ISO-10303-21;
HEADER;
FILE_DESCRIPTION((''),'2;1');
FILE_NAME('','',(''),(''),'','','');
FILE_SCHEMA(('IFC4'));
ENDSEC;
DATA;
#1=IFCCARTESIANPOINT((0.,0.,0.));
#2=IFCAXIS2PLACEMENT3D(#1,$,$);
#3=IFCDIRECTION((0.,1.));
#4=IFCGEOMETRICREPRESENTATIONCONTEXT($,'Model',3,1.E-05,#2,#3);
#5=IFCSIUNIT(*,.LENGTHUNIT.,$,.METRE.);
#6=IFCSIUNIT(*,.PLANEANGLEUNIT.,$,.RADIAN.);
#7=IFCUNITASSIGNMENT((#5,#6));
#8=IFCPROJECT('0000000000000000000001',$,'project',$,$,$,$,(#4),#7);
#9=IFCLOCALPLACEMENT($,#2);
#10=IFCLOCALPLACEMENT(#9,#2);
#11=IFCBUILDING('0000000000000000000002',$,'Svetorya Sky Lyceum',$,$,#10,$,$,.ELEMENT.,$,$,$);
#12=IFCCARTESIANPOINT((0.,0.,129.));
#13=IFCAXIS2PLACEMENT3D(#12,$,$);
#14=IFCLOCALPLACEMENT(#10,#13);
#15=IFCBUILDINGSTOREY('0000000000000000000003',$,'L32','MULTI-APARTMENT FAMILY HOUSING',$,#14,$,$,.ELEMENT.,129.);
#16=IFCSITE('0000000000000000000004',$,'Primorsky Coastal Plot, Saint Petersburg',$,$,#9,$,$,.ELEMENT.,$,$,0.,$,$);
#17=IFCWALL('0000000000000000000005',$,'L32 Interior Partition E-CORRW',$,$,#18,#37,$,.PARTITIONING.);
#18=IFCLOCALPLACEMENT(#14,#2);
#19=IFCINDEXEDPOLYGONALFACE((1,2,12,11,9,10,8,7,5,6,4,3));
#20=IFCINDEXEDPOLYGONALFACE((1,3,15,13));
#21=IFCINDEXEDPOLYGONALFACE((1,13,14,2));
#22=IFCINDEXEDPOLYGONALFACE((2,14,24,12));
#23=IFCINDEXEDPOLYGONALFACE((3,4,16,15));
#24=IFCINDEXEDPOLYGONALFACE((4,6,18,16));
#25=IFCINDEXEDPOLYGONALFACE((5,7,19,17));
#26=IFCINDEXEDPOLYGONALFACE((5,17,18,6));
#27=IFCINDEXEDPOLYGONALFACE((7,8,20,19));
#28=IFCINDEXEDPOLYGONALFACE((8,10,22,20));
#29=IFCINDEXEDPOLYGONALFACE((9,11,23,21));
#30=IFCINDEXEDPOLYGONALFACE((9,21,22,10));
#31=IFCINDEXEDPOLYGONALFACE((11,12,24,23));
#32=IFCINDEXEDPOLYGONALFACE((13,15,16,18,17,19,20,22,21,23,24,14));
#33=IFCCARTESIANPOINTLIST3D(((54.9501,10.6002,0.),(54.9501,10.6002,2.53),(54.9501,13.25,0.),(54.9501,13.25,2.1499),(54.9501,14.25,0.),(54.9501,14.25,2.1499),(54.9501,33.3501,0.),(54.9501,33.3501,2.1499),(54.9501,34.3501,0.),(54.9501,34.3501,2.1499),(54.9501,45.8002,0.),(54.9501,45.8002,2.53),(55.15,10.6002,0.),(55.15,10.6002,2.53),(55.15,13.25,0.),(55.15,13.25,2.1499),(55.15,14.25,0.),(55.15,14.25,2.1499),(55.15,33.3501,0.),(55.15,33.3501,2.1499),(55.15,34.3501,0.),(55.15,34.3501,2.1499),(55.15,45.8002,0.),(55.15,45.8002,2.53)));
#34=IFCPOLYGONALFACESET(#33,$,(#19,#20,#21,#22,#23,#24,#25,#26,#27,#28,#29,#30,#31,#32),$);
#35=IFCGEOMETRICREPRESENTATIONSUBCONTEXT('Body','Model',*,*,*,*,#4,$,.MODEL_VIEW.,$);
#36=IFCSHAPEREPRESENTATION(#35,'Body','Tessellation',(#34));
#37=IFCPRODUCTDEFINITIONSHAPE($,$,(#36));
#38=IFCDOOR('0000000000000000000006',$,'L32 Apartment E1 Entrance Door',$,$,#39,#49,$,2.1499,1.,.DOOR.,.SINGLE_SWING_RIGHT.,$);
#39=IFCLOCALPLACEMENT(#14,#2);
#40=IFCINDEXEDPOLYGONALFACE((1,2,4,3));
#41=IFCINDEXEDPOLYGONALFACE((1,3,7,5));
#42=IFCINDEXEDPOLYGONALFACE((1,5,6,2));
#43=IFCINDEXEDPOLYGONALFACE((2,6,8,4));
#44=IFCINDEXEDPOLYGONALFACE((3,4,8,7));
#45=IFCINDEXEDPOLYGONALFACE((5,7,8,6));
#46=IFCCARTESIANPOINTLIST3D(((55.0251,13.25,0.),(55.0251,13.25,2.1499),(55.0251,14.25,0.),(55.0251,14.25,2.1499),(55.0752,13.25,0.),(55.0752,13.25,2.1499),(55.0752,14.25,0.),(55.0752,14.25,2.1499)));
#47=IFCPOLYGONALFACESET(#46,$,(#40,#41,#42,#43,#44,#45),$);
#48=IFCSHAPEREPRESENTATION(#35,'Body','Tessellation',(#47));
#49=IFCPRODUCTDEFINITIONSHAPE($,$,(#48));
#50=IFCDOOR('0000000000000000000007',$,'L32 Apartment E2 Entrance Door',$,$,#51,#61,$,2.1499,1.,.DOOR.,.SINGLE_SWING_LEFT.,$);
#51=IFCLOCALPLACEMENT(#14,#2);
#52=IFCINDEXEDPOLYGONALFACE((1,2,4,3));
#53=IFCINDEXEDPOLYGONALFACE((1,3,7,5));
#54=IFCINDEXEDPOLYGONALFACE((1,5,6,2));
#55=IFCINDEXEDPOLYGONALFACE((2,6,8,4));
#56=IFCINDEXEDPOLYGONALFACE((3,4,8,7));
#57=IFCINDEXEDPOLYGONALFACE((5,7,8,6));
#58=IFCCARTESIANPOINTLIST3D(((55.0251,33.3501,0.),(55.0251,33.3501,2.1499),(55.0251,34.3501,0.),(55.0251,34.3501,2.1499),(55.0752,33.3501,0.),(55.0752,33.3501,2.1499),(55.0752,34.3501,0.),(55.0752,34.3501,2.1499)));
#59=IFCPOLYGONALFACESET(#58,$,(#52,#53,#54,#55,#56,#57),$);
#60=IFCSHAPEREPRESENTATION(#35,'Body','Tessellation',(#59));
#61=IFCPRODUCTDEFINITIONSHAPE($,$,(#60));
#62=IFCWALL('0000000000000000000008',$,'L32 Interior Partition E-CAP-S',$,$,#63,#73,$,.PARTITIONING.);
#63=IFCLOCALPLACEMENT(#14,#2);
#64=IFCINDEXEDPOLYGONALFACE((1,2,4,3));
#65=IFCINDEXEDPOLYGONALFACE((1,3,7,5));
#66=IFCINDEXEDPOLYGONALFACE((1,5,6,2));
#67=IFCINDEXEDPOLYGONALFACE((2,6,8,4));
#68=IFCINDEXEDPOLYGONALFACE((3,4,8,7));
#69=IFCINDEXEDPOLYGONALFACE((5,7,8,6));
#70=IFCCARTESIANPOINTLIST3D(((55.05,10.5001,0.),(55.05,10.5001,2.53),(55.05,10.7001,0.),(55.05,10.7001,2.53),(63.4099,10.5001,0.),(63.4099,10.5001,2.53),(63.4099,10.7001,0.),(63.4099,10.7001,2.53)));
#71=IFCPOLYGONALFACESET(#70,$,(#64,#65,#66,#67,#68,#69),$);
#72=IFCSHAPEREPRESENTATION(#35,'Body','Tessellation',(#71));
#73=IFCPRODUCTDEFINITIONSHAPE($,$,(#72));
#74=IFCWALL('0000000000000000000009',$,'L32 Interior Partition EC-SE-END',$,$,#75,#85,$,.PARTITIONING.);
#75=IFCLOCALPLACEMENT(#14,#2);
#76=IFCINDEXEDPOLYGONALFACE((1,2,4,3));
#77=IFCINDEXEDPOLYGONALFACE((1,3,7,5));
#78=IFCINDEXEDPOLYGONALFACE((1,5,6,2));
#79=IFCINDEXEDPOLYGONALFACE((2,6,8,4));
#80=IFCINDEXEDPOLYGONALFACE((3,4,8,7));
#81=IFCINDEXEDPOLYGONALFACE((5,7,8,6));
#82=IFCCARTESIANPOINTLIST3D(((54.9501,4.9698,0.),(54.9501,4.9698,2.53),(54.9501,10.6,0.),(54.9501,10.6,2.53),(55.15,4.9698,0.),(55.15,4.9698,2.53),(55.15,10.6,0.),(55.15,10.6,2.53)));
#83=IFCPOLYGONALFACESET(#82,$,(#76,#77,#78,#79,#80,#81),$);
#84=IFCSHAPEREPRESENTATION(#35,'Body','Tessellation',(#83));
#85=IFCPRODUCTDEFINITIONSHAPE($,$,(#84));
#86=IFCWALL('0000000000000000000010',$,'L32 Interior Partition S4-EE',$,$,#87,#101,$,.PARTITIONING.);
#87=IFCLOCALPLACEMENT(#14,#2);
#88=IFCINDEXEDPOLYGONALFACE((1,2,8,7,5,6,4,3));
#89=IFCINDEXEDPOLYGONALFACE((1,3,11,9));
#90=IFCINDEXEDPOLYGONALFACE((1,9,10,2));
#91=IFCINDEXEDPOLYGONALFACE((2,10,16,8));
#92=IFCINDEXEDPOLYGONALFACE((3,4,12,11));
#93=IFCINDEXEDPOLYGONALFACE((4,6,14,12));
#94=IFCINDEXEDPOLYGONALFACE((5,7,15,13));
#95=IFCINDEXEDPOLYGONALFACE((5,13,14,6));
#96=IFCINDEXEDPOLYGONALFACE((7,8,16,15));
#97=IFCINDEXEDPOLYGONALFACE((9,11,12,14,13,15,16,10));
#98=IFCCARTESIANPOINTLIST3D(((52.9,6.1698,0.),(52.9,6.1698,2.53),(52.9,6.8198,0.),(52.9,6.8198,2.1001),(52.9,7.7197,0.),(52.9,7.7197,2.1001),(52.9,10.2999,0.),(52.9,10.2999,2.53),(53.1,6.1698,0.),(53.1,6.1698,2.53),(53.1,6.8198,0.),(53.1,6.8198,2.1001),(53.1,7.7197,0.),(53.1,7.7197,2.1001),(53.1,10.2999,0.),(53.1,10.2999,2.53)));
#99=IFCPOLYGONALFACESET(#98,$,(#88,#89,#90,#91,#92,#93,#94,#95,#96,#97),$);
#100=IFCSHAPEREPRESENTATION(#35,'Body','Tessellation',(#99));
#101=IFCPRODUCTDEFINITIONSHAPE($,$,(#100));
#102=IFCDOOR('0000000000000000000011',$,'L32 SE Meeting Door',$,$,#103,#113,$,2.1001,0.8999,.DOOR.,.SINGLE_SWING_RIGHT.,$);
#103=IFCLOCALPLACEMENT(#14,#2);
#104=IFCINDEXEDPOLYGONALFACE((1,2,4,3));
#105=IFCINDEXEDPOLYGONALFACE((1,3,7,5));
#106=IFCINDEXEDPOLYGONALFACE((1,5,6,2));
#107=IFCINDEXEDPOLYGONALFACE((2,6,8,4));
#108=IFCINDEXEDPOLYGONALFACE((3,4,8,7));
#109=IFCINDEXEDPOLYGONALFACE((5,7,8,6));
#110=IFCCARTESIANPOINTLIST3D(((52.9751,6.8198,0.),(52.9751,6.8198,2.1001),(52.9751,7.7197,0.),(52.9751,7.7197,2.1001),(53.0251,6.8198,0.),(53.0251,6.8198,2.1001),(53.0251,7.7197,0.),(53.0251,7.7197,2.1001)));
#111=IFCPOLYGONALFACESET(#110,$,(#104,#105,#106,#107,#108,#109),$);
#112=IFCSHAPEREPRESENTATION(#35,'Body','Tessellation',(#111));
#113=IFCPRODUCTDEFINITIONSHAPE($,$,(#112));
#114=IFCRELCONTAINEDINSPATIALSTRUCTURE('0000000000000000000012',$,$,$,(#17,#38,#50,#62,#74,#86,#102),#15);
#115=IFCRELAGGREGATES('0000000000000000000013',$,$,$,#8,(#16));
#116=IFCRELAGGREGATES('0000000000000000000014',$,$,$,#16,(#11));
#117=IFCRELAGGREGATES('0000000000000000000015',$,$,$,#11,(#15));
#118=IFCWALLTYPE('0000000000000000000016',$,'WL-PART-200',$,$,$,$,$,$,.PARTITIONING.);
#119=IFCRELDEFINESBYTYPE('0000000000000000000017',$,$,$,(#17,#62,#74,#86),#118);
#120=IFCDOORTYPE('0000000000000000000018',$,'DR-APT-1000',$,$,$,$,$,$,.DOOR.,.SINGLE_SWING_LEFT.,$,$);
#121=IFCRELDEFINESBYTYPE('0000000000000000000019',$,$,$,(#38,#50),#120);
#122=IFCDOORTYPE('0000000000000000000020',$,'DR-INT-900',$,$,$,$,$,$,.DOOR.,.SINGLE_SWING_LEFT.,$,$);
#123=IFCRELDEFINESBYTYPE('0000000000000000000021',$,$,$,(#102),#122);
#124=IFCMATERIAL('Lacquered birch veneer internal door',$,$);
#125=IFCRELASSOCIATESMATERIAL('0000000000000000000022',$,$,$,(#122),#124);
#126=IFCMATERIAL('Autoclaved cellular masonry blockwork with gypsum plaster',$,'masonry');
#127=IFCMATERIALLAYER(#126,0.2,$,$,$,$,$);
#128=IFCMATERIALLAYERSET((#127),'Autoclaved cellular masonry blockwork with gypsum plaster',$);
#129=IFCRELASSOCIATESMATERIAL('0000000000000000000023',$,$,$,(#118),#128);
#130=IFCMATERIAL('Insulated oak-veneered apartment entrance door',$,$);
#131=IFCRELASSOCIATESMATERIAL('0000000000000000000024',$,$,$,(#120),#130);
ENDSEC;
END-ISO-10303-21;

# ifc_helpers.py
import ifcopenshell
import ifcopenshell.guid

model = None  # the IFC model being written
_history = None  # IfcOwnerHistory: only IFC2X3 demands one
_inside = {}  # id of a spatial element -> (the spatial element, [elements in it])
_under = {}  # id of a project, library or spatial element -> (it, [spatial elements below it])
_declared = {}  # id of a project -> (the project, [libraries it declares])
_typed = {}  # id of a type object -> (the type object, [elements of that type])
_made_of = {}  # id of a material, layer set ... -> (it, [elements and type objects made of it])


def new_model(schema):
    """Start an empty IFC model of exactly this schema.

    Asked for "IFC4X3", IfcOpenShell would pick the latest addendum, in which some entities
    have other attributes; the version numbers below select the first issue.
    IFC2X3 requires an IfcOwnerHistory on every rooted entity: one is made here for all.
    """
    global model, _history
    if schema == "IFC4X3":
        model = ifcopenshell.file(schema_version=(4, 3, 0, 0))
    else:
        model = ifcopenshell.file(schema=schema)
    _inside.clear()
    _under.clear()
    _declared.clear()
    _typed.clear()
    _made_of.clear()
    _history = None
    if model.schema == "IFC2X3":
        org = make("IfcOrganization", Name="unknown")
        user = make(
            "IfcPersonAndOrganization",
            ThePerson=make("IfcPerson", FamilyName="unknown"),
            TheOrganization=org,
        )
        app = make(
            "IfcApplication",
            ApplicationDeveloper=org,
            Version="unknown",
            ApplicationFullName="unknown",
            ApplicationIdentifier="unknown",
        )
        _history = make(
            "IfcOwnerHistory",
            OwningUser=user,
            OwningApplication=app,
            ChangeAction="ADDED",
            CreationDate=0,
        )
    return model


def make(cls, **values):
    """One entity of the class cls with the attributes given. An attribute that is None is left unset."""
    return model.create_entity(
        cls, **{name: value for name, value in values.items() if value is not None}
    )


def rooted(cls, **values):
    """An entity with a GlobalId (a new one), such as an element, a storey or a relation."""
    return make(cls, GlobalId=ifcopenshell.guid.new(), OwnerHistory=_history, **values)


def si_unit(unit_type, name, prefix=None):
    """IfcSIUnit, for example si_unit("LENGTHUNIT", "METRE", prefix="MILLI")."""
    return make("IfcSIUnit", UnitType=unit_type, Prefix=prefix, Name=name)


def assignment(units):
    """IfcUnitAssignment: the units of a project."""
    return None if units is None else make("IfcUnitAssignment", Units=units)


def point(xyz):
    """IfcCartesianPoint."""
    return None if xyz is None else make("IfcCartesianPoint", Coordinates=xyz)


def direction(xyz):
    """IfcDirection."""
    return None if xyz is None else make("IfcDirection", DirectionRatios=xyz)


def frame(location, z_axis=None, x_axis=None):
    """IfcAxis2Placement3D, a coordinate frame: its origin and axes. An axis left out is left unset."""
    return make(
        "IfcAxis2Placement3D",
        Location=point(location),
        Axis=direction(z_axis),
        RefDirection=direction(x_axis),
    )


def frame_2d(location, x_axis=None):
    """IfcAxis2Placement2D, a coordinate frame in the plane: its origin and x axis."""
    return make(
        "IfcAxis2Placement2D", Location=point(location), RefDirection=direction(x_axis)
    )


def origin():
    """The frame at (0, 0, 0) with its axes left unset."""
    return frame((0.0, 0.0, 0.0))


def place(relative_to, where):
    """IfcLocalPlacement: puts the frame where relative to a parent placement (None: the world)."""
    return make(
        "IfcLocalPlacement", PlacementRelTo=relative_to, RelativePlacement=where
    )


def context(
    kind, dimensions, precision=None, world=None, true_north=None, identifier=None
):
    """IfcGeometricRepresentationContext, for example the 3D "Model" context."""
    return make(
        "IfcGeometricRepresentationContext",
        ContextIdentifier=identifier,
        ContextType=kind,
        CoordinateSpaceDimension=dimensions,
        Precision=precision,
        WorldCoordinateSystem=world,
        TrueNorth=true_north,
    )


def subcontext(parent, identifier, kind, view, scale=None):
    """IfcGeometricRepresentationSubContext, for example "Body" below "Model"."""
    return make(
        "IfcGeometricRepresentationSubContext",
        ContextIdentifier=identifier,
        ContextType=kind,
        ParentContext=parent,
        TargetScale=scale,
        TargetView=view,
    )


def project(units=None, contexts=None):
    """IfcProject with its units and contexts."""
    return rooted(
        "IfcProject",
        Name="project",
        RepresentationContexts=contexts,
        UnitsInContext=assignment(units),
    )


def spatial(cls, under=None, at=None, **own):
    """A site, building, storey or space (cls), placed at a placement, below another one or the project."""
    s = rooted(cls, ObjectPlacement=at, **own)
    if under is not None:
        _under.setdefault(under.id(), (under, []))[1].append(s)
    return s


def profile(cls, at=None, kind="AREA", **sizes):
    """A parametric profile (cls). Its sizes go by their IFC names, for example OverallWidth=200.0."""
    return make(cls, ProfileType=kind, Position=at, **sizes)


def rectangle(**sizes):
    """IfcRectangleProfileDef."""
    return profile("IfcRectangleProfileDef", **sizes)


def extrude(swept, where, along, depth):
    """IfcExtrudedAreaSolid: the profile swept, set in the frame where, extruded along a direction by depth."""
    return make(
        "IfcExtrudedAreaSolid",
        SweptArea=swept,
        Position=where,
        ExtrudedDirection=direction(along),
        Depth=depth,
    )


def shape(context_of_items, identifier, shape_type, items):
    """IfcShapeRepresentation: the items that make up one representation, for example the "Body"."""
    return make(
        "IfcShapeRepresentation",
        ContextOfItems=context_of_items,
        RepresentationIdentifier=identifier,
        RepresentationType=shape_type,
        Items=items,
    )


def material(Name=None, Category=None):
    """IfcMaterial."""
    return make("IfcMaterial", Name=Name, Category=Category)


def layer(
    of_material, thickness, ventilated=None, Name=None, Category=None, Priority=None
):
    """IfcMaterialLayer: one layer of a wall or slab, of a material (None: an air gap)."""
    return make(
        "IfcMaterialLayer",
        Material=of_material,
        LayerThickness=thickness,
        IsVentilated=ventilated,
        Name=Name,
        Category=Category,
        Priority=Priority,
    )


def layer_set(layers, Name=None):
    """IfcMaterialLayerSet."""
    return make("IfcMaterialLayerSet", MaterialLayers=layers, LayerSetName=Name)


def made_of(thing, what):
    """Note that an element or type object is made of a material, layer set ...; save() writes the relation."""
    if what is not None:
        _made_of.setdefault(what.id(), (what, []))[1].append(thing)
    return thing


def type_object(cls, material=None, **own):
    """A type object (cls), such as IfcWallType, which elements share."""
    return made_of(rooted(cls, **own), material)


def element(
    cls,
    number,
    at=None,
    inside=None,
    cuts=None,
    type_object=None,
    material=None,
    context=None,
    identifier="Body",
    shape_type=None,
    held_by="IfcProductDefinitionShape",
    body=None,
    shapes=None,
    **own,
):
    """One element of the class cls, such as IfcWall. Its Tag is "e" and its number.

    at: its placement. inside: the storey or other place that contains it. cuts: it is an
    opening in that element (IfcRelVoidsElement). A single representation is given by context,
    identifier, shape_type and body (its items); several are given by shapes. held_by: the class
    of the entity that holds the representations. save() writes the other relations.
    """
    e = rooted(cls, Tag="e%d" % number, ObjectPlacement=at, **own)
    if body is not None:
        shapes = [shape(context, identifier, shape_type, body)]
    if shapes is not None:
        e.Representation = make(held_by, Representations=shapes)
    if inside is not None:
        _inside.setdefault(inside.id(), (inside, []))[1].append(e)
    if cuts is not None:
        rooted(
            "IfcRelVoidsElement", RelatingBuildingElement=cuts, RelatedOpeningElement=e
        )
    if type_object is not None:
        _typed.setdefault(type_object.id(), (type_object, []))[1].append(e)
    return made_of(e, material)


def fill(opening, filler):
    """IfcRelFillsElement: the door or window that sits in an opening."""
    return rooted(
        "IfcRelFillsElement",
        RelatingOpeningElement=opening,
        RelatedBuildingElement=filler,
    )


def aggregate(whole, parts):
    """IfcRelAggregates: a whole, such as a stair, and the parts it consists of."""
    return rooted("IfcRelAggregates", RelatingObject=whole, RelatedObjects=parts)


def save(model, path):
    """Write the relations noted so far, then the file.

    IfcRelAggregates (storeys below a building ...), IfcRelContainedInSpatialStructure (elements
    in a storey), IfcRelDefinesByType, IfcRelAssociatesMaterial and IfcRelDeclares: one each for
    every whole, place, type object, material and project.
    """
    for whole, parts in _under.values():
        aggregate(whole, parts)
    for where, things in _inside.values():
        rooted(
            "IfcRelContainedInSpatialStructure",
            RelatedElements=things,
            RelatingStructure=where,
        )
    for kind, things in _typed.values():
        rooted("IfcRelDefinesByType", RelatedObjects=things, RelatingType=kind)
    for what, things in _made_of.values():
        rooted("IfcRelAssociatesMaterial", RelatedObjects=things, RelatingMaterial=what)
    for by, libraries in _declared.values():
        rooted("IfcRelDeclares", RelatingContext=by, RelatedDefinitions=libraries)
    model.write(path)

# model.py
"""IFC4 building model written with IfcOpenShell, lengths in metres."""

from ifc_helpers import new_model, si_unit, direction, frame, frame_2d, origin, place, context, subcontext, project, spatial, rectangle, extrude, material, layer, layer_set, type_object, element, fill, save


model = new_model("IFC4")

# Units and contexts
model_context = context("Model", 3, precision=1e-05, world=origin(), true_north=direction((0.0, 1.0)))
body_context = subcontext(model_context, "Body", "Model", "MODEL_VIEW")
ifc_project = project(units=[si_unit("LENGTHUNIT", "METRE"), si_unit("PLANEANGLEUNIT", "RADIAN")], contexts=[model_context])

# Site, building, storey
site_placement = place(None, origin())
site = spatial("IfcSite", under=ifc_project, at=site_placement, Name="Primorsky Coastal Plot, Saint Petersburg", CompositionType="ELEMENT", RefElevation=0.0)
building_placement = place(site_placement, origin())
building = spatial("IfcBuilding", under=site, at=building_placement, Name="Svetorya Sky Lyceum", CompositionType="ELEMENT")
storey_placement = place(building_placement, frame((0.0, 0.0, 129.0)))
storey = spatial("IfcBuildingStorey", under=building, at=storey_placement, Name="L32", Description="MULTI-APARTMENT FAMILY HOUSING", CompositionType="ELEMENT", Elevation=129.0)

# Wall, openings, doors
ifc_material_1 = material(Name="Lacquered birch veneer internal door")
door_type_1 = type_object("IfcDoorType", Name="DR-INT-900", OperationType="SINGLE_SWING_LEFT", PredefinedType="DOOR", material=ifc_material_1)
ifc_material_2 = material(Name="Autoclaved cellular masonry blockwork with gypsum plaster", Category="masonry")
ifc_layer_1 = layer(ifc_material_2, 0.2)
ifc_layer_set_1 = layer_set([ifc_layer_1], Name="Autoclaved cellular masonry blockwork with gypsum plaster")
wall_type_1 = type_object("IfcWallType", Name="WL-PART-200", PredefinedType="PARTITIONING", material=ifc_layer_set_1)
wall_1_placement = place(storey_placement, frame((55.05, 10.6001, 0.0), z_axis=(0.0, 0.0, 1.0), x_axis=(0.0, 1.0, 0.0)))
wall_1 = element("IfcWall", 1, at=wall_1_placement, inside=storey, type_object=wall_type_1, Name="L32 Interior Partition E-CORRW", PredefinedType="PARTITIONING", context=body_context, shape_type="SweptSolid", body=[
    extrude(rectangle(XDim=35.2, YDim=0.2, at=frame_2d((17.6001, 0.0))), origin(), (0.0, 0.0, 1.0), 2.53),
])
opening_1_placement = place(wall_1_placement, frame((2.6499, 0.0, 0.0)))
opening_1 = element("IfcOpeningElement", 2, at=opening_1_placement, cuts=wall_1, PredefinedType="OPENING", context=body_context, shape_type="SweptSolid", body=[
    extrude(rectangle(XDim=1.0, YDim=2.1499, at=frame_2d((0.5, 1.075))), frame((0.0, 0.1099, 0.0), z_axis=(0.0, -1.0, 0.0), x_axis=(1.0, 0.0, 0.0)), (0.0, 0.0, 1.0), 0.22),
])
opening_2_placement = place(wall_1_placement, frame((22.75, 0.0, 0.0)))
opening_2 = element("IfcOpeningElement", 3, at=opening_2_placement, cuts=wall_1, PredefinedType="OPENING", context=body_context, shape_type="SweptSolid", body=[
    extrude(rectangle(XDim=1.0, YDim=2.1499, at=frame_2d((0.5, 1.075))), frame((0.0, 0.1099, 0.0), z_axis=(0.0, -1.0, 0.0), x_axis=(1.0, 0.0, 0.0)), (0.0, 0.0, 1.0), 0.22),
])
ifc_material_3 = material(Name="Insulated oak-veneered apartment entrance door")
door_type_2 = type_object("IfcDoorType", Name="DR-APT-1000", OperationType="SINGLE_SWING_LEFT", PredefinedType="DOOR", material=ifc_material_3)
door_1_placement = place(opening_1_placement, origin())
door_1 = element("IfcDoor", 4, at=door_1_placement, inside=storey, type_object=door_type_2, Name="L32 Apartment E1 Entrance Door", OperationType="SINGLE_SWING_RIGHT", OverallHeight=2.1499, OverallWidth=1.0, PredefinedType="DOOR", context=body_context, shape_type="SweptSolid", body=[
    extrude(rectangle(XDim=1.0, YDim=2.1499, at=frame_2d((0.5, 1.075))), frame((0.0, 0.0249, 0.0), z_axis=(0.0, -1.0, 0.0), x_axis=(1.0, 0.0, 0.0)), (0.0, 0.0, 1.0), 0.05),
])
fill(opening_1, door_1)
door_2_placement = place(opening_2_placement, origin())
door_2 = element("IfcDoor", 5, at=door_2_placement, inside=storey, type_object=door_type_2, Name="L32 Apartment E2 Entrance Door", OperationType="SINGLE_SWING_LEFT", OverallHeight=2.1499, OverallWidth=1.0, PredefinedType="DOOR", context=body_context, shape_type="SweptSolid", body=[
    extrude(rectangle(XDim=1.0, YDim=2.1499, at=frame_2d((0.5, 1.075))), frame((0.0, 0.0249, 0.0), z_axis=(0.0, -1.0, 0.0), x_axis=(1.0, 0.0, 0.0)), (0.0, 0.0, 1.0), 0.05),
])
fill(opening_2, door_2)

# Walls
wall_2_placement = place(storey_placement, frame((55.05, 10.6001, 0.0), z_axis=(0.0, 0.0, 1.0), x_axis=(1.0, 0.0, 0.0)))
element("IfcWall", 6, at=wall_2_placement, inside=storey, type_object=wall_type_1, Name="L32 Interior Partition E-CAP-S", PredefinedType="PARTITIONING", context=body_context, shape_type="SweptSolid", body=[
    extrude(rectangle(XDim=8.3599, YDim=0.2, at=frame_2d((4.1799, 0.0))), origin(), (0.0, 0.0, 1.0), 2.53),
])
wall_3_placement = place(storey_placement, frame((55.05, 4.97, 0.0), z_axis=(0.0, 0.0, 1.0), x_axis=(0.0, 1.0, 0.0)))
element("IfcWall", 7, at=wall_3_placement, inside=storey, type_object=wall_type_1, Name="L32 Interior Partition EC-SE-END", PredefinedType="PARTITIONING", context=body_context, shape_type="SweptSolid", body=[
    extrude(rectangle(XDim=5.6301, YDim=0.2, at=frame_2d((2.8149, 0.0))), origin(), (0.0, 0.0, 1.0), 2.53),
])

# Wall, opening, door
wall_4_placement = place(storey_placement, frame((53.0, 6.1699, 0.0), z_axis=(0.0, 0.0, 1.0), x_axis=(0.0, 1.0, 0.0)))
wall_4 = element("IfcWall", 8, at=wall_4_placement, inside=storey, type_object=wall_type_1, Name="L32 Interior Partition S4-EE", PredefinedType="PARTITIONING", context=body_context, shape_type="SweptSolid", body=[
    extrude(rectangle(XDim=4.1301, YDim=0.2, at=frame_2d((2.0649, 0.0))), origin(), (0.0, 0.0, 1.0), 2.53),
])
opening_3_placement = place(wall_4_placement, frame((0.6499, 0.0, 0.0)))
opening_3 = element("IfcOpeningElement", 9, at=opening_3_placement, cuts=wall_4, PredefinedType="OPENING", context=body_context, shape_type="SweptSolid", body=[
    extrude(rectangle(XDim=0.8999, YDim=2.1001, at=frame_2d((0.45, 1.05))), frame((0.0, 0.1099, 0.0), z_axis=(0.0, -1.0, 0.0), x_axis=(1.0, 0.0, 0.0)), (0.0, 0.0, 1.0), 0.22),
])
door_3_placement = place(opening_3_placement, origin())
door_3 = element("IfcDoor", 10, at=door_3_placement, inside=storey, type_object=door_type_1, Name="L32 SE Meeting Door", OperationType="SINGLE_SWING_RIGHT", OverallHeight=2.1001, OverallWidth=0.8999, PredefinedType="DOOR", context=body_context, shape_type="SweptSolid", body=[
    extrude(rectangle(XDim=0.8999, YDim=2.1001, at=frame_2d((0.45, 1.05))), frame((0.0, 0.0249, 0.0), z_axis=(0.0, -1.0, 0.0), x_axis=(1.0, 0.0, 0.0)), (0.0, 0.0, 1.0), 0.05),
])
fill(opening_3, door_3)

save(model, "model.ifc")
